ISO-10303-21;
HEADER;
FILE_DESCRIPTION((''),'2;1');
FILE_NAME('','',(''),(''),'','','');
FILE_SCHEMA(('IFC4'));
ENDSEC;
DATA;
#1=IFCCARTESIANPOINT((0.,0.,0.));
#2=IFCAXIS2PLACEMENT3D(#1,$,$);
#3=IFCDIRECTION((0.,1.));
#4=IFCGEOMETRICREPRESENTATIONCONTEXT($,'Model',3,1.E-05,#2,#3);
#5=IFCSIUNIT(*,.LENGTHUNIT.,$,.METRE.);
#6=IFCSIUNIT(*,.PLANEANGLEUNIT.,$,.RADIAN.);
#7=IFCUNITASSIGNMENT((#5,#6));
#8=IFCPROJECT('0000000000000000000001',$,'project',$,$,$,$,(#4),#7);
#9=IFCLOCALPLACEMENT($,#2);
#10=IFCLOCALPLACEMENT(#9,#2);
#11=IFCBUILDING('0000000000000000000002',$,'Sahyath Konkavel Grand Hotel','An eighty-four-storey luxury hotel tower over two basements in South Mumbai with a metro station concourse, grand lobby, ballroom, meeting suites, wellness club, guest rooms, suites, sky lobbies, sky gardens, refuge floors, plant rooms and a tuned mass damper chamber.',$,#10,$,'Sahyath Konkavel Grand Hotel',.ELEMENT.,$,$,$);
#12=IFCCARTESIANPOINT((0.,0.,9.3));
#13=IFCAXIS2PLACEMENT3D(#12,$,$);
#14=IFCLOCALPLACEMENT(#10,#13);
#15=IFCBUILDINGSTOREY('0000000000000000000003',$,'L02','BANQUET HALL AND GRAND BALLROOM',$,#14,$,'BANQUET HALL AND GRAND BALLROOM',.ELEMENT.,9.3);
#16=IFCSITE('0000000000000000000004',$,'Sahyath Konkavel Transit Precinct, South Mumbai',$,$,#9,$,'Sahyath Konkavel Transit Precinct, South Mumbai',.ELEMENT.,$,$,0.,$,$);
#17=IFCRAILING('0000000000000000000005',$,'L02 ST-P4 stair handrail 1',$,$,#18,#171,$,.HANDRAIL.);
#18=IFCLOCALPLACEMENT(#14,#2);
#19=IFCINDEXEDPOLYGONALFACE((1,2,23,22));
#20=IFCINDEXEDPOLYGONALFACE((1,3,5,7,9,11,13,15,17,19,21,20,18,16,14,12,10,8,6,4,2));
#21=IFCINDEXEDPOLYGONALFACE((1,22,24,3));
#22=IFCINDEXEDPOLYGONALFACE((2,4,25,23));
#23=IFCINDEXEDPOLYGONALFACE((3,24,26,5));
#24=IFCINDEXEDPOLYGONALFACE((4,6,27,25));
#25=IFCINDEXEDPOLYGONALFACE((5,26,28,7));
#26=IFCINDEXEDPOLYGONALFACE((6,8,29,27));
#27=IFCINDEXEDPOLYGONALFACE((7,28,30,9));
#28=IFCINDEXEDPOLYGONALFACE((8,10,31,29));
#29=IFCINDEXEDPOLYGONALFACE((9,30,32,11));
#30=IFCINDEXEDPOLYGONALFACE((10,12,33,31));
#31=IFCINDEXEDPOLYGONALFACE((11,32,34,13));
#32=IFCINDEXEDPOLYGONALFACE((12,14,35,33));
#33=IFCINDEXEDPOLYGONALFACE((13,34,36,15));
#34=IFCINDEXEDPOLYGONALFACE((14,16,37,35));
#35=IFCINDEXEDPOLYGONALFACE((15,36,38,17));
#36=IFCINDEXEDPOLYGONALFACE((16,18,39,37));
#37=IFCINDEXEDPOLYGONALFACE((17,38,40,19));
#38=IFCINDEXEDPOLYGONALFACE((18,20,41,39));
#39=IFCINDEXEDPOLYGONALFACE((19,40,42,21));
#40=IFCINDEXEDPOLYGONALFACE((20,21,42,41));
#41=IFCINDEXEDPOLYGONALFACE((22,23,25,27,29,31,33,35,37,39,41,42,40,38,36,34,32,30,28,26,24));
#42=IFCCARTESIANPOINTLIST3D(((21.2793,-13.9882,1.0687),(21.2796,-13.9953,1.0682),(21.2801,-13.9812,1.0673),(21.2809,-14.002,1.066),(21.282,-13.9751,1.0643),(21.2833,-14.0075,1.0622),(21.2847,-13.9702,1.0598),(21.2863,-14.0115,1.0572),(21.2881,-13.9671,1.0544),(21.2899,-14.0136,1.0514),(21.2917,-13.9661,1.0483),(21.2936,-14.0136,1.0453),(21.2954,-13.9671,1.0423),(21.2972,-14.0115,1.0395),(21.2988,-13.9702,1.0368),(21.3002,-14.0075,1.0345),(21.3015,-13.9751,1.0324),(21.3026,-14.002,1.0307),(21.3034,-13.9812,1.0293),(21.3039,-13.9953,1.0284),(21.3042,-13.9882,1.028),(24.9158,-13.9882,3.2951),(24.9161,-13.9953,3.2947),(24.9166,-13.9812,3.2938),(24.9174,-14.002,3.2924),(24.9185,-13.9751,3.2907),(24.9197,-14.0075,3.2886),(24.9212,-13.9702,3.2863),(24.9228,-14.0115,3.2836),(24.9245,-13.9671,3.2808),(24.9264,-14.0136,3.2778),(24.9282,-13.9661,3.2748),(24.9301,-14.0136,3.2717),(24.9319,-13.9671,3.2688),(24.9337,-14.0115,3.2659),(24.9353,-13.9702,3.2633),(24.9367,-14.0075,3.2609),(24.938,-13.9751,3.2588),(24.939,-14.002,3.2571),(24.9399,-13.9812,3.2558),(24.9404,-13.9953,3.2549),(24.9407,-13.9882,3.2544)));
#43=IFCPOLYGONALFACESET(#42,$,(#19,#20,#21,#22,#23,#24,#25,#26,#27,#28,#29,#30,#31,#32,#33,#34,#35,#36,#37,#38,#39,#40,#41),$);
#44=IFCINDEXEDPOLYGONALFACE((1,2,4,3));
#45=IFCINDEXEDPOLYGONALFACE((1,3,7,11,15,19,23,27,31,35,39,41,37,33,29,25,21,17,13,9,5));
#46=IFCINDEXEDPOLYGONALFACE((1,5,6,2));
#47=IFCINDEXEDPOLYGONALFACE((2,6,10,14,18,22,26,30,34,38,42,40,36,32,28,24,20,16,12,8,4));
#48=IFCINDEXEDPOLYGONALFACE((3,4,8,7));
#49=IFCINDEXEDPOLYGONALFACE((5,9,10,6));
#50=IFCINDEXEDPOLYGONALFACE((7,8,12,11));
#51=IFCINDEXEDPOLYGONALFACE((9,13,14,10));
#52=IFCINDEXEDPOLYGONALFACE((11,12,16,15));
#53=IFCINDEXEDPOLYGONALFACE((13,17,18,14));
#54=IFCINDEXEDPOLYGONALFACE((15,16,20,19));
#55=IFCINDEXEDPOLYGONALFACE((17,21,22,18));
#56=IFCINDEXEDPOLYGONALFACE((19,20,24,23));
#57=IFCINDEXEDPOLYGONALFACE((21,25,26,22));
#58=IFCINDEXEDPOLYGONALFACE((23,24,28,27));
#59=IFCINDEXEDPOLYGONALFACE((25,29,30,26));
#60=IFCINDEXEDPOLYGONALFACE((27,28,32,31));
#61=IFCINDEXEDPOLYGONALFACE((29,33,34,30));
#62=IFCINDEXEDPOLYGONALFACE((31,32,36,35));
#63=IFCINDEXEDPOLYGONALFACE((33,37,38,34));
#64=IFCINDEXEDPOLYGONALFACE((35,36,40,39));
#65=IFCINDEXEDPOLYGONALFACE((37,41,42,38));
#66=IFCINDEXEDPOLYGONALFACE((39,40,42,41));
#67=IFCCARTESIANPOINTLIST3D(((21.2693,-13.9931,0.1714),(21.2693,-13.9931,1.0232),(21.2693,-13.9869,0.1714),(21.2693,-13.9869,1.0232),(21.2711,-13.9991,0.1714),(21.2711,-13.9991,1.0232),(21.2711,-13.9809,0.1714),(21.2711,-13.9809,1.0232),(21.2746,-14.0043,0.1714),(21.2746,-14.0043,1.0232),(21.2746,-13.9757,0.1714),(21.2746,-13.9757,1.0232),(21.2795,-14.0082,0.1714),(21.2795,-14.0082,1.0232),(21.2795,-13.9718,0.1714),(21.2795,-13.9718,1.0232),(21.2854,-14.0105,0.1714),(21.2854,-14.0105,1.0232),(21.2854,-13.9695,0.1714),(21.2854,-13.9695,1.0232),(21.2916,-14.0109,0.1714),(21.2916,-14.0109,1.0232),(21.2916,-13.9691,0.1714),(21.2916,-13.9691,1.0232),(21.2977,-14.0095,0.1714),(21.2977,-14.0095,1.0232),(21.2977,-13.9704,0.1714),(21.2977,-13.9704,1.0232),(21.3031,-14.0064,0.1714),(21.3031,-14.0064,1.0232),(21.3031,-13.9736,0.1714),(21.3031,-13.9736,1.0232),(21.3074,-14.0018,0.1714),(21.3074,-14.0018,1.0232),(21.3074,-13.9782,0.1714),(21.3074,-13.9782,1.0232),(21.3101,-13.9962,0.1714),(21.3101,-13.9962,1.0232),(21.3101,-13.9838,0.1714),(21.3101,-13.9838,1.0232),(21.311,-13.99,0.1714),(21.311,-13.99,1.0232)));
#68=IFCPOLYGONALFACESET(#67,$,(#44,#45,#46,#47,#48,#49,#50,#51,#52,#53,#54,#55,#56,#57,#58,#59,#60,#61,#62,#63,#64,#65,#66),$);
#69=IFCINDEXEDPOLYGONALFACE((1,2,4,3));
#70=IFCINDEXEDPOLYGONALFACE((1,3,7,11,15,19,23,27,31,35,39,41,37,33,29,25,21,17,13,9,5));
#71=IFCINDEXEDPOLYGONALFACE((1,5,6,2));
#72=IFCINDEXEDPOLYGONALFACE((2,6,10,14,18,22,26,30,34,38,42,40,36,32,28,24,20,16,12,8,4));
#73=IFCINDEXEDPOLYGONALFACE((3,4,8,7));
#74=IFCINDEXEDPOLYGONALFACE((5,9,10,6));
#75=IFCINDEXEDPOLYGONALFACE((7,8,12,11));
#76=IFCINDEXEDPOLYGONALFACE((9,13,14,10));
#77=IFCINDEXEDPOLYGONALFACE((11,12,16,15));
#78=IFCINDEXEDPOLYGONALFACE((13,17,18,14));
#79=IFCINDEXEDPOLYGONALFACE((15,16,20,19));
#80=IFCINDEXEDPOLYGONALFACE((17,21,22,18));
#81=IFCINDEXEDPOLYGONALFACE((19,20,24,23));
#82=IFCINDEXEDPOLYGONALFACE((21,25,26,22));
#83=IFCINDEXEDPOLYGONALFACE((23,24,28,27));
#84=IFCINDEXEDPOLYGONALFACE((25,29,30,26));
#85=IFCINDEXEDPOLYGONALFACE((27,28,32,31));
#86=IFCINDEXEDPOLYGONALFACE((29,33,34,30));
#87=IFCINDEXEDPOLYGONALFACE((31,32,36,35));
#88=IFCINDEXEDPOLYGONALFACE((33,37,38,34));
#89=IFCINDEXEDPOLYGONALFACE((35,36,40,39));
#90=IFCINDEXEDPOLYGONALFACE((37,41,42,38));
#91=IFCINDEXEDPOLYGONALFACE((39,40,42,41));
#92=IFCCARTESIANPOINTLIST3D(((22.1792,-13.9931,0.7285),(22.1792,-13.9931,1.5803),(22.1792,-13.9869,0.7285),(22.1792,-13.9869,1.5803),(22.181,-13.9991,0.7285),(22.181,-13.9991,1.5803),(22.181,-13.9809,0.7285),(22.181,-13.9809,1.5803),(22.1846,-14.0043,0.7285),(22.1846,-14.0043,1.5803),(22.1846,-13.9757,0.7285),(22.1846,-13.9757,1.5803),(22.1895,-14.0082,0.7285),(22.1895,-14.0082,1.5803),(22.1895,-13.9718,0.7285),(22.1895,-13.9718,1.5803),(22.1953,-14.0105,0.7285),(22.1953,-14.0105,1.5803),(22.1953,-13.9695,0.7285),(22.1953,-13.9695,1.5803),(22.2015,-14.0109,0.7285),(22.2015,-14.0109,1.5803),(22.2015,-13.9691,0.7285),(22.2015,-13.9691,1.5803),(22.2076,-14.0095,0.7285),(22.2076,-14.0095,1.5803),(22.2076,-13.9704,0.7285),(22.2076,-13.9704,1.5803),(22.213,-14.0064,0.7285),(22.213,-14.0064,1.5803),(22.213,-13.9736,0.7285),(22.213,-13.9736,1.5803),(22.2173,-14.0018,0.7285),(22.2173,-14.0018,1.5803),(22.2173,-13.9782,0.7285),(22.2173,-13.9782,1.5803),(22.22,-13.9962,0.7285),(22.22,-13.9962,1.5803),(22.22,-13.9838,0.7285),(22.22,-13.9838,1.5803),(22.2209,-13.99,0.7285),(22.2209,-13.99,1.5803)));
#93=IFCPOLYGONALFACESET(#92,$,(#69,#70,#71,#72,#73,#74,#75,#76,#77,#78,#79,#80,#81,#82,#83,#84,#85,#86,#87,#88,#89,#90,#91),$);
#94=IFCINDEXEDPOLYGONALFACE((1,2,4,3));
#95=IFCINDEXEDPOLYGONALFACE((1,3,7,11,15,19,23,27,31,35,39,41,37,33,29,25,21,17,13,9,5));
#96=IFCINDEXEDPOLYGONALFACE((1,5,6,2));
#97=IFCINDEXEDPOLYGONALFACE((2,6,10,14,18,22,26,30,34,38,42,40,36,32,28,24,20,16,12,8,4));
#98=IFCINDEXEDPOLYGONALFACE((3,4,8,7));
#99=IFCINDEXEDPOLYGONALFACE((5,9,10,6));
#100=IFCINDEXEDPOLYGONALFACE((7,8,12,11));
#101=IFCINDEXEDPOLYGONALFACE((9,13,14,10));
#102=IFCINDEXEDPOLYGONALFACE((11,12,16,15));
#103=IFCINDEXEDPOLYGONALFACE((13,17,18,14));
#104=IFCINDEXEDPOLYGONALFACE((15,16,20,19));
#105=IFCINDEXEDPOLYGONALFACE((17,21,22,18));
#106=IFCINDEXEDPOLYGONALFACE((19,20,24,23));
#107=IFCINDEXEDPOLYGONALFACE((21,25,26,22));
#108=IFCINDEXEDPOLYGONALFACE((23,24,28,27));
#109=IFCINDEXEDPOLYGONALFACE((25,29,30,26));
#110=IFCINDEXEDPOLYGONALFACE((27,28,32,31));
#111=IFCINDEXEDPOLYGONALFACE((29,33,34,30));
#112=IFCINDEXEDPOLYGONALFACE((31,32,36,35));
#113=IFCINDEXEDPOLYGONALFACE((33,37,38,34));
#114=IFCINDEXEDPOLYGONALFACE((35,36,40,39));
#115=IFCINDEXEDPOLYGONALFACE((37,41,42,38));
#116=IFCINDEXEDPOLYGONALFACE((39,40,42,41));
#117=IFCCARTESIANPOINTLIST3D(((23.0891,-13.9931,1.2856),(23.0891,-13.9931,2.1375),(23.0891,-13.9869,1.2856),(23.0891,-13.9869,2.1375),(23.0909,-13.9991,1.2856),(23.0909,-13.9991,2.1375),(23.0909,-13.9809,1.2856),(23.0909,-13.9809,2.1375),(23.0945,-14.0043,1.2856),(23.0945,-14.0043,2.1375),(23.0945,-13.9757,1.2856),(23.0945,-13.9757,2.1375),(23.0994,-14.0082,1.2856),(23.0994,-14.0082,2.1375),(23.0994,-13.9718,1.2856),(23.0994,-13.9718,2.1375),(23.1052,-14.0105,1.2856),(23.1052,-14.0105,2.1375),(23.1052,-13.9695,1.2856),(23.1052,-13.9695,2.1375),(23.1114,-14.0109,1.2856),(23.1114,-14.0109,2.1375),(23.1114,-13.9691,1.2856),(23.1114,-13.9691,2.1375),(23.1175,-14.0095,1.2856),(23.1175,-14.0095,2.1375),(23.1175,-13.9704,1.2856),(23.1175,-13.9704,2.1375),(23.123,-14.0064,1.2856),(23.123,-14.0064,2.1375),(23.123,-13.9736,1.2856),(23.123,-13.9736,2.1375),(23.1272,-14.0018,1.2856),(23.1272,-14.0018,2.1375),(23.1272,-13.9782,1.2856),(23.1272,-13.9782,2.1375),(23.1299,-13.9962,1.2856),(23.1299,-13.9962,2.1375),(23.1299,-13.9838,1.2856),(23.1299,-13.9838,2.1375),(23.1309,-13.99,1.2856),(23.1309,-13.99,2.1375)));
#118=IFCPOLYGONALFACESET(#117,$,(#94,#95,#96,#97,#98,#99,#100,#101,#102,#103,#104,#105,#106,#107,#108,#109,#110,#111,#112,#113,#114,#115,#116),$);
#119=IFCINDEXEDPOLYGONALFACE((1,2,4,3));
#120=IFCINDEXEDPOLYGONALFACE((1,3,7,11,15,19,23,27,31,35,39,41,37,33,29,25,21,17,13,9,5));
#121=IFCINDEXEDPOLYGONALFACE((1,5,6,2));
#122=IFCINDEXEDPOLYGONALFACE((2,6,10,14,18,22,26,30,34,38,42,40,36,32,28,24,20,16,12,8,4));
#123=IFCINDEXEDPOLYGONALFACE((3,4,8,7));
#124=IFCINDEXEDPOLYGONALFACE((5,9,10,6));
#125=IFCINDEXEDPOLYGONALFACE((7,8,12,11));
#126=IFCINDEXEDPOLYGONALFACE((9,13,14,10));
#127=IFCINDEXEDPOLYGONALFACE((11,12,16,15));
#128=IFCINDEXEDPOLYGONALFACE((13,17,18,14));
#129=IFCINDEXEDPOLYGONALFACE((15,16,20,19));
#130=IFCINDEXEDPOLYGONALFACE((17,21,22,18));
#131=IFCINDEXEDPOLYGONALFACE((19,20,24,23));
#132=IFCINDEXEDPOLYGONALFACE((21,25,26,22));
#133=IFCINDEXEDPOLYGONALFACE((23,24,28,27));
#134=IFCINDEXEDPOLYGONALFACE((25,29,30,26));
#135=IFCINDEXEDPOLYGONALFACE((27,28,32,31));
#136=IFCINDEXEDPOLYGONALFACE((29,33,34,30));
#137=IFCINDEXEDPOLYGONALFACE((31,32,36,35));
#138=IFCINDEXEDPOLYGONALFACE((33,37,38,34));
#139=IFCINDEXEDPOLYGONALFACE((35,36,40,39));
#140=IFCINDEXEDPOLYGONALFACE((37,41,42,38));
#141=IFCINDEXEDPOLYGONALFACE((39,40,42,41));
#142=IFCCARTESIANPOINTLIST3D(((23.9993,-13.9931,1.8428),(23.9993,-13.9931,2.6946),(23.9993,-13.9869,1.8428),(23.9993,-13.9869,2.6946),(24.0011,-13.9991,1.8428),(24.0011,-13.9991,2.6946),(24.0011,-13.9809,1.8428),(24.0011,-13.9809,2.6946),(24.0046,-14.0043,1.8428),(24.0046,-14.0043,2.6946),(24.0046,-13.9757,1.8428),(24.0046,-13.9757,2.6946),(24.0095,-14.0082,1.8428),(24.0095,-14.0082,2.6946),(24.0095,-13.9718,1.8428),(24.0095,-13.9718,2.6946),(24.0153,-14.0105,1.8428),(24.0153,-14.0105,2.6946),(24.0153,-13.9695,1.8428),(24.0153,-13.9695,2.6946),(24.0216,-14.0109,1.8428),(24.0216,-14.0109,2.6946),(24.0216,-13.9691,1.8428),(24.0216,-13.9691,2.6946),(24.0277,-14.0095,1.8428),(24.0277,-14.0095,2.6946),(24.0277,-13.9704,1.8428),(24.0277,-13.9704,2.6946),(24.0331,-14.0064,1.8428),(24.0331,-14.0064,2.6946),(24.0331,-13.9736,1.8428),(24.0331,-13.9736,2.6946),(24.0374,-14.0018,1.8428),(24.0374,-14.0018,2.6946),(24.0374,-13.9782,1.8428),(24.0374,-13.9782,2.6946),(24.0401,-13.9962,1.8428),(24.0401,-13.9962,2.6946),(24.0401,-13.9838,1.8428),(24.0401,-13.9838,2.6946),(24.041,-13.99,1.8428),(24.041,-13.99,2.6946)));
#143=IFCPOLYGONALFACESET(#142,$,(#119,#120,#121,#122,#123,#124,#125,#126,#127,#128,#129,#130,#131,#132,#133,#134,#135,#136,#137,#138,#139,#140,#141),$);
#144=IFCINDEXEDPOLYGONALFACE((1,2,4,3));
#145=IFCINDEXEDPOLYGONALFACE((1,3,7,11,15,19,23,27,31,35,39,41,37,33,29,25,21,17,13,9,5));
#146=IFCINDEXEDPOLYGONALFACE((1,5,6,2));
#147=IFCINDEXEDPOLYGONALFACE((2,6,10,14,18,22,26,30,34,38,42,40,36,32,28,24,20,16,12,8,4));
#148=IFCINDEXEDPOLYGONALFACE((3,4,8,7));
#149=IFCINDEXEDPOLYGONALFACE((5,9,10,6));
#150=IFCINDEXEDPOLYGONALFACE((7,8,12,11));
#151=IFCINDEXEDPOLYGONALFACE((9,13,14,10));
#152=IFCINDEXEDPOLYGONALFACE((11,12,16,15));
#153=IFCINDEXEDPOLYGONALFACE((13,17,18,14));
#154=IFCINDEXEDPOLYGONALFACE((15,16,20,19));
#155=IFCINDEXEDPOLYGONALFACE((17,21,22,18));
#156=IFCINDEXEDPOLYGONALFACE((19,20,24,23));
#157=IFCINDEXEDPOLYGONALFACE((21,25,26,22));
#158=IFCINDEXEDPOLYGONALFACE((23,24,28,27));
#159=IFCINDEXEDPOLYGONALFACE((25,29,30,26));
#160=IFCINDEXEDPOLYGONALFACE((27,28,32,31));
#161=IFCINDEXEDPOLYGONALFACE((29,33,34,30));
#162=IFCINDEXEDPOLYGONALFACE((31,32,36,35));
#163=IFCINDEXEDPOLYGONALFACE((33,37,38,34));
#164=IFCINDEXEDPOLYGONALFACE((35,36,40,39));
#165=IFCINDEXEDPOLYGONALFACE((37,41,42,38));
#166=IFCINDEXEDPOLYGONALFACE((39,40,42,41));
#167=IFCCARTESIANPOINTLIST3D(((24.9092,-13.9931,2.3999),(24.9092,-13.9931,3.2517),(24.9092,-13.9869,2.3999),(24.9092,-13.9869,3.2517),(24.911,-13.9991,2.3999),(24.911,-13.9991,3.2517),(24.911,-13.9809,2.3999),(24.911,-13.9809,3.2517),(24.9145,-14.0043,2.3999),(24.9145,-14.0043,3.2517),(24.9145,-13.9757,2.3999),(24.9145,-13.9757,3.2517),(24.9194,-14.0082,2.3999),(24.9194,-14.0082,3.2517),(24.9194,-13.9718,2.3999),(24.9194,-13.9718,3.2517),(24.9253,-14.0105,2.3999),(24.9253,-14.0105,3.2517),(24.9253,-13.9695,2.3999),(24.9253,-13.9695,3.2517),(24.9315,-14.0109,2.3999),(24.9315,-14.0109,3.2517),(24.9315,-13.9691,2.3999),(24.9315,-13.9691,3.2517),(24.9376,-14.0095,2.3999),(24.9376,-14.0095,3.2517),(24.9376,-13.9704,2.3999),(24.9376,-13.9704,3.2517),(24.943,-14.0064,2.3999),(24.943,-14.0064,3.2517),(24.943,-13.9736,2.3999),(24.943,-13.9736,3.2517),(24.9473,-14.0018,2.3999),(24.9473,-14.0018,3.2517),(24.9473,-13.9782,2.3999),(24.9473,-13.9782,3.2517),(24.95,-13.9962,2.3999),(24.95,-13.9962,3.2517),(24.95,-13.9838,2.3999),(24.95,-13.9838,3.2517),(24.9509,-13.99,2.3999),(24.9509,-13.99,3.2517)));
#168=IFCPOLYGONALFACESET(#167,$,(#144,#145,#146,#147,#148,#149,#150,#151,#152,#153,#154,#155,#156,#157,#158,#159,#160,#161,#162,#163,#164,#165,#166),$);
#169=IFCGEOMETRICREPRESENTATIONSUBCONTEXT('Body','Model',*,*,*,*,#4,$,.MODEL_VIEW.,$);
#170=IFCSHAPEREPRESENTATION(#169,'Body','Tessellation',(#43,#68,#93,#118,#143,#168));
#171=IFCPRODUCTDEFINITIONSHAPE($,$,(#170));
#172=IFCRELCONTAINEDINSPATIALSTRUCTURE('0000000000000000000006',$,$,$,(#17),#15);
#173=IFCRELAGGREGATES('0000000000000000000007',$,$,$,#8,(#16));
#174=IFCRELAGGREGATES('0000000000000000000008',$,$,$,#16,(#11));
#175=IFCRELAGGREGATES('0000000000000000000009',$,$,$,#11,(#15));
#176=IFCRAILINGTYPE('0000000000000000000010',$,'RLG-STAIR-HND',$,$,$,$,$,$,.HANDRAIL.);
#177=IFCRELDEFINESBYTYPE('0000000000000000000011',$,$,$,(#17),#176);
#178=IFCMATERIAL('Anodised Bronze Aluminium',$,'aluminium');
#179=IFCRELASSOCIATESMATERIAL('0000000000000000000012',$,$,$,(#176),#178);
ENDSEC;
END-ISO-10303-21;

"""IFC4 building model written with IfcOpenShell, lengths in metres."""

from ifc_helpers import new_model, si_unit, direction, frame, origin, origin_2d, place, context, subcontext, project, spatial, circle, extrude, material, type_object, element, save


model = new_model("IFC4")

# Units and contexts
model_context = context("Model", 3, precision=1e-05, world=origin(), true_north=direction((0.0, 1.0)))
body_context = subcontext(model_context, "Body", "Model", "MODEL_VIEW")
ifc_project = project(units=[si_unit("LENGTHUNIT", "METRE"), si_unit("PLANEANGLEUNIT", "RADIAN")], contexts=[model_context])

# Site, building, storey
site_placement = place(None, origin())
site = spatial("IfcSite", under=ifc_project, at=site_placement, Name="Sahyath Konkavel Transit Precinct, South Mumbai", LongName="Sahyath Konkavel Transit Precinct, South Mumbai", CompositionType="ELEMENT", RefElevation=0.0)
building_placement = place(site_placement, origin())
building = spatial("IfcBuilding", under=site, at=building_placement, Name="Sahyath Konkavel Grand Hotel", Description="An eighty-four-storey luxury hotel tower over two basements in South Mumbai with a metro station concourse, grand lobby, ballroom, meeting suites, wellness club, guest rooms, suites, sky lobbies, sky gardens, refuge floors, plant rooms and a tuned mass damper chamber.", LongName="Sahyath Konkavel Grand Hotel", CompositionType="ELEMENT")
storey_placement = place(building_placement, frame((0.0, 0.0, 9.3)))
storey = spatial("IfcBuildingStorey", under=building, at=storey_placement, Name="L02", Description="BANQUET HALL AND GRAND BALLROOM", LongName="BANQUET HALL AND GRAND BALLROOM", CompositionType="ELEMENT", Elevation=9.3)

# Shared definitions
ifc_material_1 = material(Name="Anodised Bronze Aluminium", Category="aluminium")

# Railing
railing_type = type_object("IfcRailingType", Name="RLG-STAIR-HND", PredefinedType="HANDRAIL", material=ifc_material_1)
railing_placement = place(storey_placement, frame((21.29, -13.99, 0.1714)))
element("IfcRailing", 1, at=railing_placement, inside=storey, type_object=railing_type, Name="L02 ST-P4 stair handrail 1", PredefinedType="HANDRAIL", context=body_context, shape_type="SweptSolid", body=[
    extrude(circle(Radius=0.0239, at=origin_2d()), frame((0.0017, 0.0, 0.877), z_axis=(0.85285, 0.0, 0.522156), x_axis=(0.0, 1.0, 0.0)), (0.0, 0.0, 1.0), 4.2639),
    extrude(circle(Radius=0.021, at=origin_2d()), origin(), (0.0, 0.0, 1.0), 0.8518),
    extrude(circle(Radius=0.021, at=origin_2d()), frame((0.9099, 0.0, 0.5571)), (0.0, 0.0, 1.0), 0.8518),
    extrude(circle(Radius=0.021, at=origin_2d()), frame((1.8198, 0.0, 1.1143)), (0.0, 0.0, 1.0), 0.8518),
    extrude(circle(Radius=0.021, at=origin_2d()), frame((2.73, 0.0, 1.6714)), (0.0, 0.0, 1.0), 0.8518),
    extrude(circle(Radius=0.021, at=origin_2d()), frame((3.6399, 0.0, 2.2285)), (0.0, 0.0, 1.0), 0.8518),
])

save(model, "model.ifc")
